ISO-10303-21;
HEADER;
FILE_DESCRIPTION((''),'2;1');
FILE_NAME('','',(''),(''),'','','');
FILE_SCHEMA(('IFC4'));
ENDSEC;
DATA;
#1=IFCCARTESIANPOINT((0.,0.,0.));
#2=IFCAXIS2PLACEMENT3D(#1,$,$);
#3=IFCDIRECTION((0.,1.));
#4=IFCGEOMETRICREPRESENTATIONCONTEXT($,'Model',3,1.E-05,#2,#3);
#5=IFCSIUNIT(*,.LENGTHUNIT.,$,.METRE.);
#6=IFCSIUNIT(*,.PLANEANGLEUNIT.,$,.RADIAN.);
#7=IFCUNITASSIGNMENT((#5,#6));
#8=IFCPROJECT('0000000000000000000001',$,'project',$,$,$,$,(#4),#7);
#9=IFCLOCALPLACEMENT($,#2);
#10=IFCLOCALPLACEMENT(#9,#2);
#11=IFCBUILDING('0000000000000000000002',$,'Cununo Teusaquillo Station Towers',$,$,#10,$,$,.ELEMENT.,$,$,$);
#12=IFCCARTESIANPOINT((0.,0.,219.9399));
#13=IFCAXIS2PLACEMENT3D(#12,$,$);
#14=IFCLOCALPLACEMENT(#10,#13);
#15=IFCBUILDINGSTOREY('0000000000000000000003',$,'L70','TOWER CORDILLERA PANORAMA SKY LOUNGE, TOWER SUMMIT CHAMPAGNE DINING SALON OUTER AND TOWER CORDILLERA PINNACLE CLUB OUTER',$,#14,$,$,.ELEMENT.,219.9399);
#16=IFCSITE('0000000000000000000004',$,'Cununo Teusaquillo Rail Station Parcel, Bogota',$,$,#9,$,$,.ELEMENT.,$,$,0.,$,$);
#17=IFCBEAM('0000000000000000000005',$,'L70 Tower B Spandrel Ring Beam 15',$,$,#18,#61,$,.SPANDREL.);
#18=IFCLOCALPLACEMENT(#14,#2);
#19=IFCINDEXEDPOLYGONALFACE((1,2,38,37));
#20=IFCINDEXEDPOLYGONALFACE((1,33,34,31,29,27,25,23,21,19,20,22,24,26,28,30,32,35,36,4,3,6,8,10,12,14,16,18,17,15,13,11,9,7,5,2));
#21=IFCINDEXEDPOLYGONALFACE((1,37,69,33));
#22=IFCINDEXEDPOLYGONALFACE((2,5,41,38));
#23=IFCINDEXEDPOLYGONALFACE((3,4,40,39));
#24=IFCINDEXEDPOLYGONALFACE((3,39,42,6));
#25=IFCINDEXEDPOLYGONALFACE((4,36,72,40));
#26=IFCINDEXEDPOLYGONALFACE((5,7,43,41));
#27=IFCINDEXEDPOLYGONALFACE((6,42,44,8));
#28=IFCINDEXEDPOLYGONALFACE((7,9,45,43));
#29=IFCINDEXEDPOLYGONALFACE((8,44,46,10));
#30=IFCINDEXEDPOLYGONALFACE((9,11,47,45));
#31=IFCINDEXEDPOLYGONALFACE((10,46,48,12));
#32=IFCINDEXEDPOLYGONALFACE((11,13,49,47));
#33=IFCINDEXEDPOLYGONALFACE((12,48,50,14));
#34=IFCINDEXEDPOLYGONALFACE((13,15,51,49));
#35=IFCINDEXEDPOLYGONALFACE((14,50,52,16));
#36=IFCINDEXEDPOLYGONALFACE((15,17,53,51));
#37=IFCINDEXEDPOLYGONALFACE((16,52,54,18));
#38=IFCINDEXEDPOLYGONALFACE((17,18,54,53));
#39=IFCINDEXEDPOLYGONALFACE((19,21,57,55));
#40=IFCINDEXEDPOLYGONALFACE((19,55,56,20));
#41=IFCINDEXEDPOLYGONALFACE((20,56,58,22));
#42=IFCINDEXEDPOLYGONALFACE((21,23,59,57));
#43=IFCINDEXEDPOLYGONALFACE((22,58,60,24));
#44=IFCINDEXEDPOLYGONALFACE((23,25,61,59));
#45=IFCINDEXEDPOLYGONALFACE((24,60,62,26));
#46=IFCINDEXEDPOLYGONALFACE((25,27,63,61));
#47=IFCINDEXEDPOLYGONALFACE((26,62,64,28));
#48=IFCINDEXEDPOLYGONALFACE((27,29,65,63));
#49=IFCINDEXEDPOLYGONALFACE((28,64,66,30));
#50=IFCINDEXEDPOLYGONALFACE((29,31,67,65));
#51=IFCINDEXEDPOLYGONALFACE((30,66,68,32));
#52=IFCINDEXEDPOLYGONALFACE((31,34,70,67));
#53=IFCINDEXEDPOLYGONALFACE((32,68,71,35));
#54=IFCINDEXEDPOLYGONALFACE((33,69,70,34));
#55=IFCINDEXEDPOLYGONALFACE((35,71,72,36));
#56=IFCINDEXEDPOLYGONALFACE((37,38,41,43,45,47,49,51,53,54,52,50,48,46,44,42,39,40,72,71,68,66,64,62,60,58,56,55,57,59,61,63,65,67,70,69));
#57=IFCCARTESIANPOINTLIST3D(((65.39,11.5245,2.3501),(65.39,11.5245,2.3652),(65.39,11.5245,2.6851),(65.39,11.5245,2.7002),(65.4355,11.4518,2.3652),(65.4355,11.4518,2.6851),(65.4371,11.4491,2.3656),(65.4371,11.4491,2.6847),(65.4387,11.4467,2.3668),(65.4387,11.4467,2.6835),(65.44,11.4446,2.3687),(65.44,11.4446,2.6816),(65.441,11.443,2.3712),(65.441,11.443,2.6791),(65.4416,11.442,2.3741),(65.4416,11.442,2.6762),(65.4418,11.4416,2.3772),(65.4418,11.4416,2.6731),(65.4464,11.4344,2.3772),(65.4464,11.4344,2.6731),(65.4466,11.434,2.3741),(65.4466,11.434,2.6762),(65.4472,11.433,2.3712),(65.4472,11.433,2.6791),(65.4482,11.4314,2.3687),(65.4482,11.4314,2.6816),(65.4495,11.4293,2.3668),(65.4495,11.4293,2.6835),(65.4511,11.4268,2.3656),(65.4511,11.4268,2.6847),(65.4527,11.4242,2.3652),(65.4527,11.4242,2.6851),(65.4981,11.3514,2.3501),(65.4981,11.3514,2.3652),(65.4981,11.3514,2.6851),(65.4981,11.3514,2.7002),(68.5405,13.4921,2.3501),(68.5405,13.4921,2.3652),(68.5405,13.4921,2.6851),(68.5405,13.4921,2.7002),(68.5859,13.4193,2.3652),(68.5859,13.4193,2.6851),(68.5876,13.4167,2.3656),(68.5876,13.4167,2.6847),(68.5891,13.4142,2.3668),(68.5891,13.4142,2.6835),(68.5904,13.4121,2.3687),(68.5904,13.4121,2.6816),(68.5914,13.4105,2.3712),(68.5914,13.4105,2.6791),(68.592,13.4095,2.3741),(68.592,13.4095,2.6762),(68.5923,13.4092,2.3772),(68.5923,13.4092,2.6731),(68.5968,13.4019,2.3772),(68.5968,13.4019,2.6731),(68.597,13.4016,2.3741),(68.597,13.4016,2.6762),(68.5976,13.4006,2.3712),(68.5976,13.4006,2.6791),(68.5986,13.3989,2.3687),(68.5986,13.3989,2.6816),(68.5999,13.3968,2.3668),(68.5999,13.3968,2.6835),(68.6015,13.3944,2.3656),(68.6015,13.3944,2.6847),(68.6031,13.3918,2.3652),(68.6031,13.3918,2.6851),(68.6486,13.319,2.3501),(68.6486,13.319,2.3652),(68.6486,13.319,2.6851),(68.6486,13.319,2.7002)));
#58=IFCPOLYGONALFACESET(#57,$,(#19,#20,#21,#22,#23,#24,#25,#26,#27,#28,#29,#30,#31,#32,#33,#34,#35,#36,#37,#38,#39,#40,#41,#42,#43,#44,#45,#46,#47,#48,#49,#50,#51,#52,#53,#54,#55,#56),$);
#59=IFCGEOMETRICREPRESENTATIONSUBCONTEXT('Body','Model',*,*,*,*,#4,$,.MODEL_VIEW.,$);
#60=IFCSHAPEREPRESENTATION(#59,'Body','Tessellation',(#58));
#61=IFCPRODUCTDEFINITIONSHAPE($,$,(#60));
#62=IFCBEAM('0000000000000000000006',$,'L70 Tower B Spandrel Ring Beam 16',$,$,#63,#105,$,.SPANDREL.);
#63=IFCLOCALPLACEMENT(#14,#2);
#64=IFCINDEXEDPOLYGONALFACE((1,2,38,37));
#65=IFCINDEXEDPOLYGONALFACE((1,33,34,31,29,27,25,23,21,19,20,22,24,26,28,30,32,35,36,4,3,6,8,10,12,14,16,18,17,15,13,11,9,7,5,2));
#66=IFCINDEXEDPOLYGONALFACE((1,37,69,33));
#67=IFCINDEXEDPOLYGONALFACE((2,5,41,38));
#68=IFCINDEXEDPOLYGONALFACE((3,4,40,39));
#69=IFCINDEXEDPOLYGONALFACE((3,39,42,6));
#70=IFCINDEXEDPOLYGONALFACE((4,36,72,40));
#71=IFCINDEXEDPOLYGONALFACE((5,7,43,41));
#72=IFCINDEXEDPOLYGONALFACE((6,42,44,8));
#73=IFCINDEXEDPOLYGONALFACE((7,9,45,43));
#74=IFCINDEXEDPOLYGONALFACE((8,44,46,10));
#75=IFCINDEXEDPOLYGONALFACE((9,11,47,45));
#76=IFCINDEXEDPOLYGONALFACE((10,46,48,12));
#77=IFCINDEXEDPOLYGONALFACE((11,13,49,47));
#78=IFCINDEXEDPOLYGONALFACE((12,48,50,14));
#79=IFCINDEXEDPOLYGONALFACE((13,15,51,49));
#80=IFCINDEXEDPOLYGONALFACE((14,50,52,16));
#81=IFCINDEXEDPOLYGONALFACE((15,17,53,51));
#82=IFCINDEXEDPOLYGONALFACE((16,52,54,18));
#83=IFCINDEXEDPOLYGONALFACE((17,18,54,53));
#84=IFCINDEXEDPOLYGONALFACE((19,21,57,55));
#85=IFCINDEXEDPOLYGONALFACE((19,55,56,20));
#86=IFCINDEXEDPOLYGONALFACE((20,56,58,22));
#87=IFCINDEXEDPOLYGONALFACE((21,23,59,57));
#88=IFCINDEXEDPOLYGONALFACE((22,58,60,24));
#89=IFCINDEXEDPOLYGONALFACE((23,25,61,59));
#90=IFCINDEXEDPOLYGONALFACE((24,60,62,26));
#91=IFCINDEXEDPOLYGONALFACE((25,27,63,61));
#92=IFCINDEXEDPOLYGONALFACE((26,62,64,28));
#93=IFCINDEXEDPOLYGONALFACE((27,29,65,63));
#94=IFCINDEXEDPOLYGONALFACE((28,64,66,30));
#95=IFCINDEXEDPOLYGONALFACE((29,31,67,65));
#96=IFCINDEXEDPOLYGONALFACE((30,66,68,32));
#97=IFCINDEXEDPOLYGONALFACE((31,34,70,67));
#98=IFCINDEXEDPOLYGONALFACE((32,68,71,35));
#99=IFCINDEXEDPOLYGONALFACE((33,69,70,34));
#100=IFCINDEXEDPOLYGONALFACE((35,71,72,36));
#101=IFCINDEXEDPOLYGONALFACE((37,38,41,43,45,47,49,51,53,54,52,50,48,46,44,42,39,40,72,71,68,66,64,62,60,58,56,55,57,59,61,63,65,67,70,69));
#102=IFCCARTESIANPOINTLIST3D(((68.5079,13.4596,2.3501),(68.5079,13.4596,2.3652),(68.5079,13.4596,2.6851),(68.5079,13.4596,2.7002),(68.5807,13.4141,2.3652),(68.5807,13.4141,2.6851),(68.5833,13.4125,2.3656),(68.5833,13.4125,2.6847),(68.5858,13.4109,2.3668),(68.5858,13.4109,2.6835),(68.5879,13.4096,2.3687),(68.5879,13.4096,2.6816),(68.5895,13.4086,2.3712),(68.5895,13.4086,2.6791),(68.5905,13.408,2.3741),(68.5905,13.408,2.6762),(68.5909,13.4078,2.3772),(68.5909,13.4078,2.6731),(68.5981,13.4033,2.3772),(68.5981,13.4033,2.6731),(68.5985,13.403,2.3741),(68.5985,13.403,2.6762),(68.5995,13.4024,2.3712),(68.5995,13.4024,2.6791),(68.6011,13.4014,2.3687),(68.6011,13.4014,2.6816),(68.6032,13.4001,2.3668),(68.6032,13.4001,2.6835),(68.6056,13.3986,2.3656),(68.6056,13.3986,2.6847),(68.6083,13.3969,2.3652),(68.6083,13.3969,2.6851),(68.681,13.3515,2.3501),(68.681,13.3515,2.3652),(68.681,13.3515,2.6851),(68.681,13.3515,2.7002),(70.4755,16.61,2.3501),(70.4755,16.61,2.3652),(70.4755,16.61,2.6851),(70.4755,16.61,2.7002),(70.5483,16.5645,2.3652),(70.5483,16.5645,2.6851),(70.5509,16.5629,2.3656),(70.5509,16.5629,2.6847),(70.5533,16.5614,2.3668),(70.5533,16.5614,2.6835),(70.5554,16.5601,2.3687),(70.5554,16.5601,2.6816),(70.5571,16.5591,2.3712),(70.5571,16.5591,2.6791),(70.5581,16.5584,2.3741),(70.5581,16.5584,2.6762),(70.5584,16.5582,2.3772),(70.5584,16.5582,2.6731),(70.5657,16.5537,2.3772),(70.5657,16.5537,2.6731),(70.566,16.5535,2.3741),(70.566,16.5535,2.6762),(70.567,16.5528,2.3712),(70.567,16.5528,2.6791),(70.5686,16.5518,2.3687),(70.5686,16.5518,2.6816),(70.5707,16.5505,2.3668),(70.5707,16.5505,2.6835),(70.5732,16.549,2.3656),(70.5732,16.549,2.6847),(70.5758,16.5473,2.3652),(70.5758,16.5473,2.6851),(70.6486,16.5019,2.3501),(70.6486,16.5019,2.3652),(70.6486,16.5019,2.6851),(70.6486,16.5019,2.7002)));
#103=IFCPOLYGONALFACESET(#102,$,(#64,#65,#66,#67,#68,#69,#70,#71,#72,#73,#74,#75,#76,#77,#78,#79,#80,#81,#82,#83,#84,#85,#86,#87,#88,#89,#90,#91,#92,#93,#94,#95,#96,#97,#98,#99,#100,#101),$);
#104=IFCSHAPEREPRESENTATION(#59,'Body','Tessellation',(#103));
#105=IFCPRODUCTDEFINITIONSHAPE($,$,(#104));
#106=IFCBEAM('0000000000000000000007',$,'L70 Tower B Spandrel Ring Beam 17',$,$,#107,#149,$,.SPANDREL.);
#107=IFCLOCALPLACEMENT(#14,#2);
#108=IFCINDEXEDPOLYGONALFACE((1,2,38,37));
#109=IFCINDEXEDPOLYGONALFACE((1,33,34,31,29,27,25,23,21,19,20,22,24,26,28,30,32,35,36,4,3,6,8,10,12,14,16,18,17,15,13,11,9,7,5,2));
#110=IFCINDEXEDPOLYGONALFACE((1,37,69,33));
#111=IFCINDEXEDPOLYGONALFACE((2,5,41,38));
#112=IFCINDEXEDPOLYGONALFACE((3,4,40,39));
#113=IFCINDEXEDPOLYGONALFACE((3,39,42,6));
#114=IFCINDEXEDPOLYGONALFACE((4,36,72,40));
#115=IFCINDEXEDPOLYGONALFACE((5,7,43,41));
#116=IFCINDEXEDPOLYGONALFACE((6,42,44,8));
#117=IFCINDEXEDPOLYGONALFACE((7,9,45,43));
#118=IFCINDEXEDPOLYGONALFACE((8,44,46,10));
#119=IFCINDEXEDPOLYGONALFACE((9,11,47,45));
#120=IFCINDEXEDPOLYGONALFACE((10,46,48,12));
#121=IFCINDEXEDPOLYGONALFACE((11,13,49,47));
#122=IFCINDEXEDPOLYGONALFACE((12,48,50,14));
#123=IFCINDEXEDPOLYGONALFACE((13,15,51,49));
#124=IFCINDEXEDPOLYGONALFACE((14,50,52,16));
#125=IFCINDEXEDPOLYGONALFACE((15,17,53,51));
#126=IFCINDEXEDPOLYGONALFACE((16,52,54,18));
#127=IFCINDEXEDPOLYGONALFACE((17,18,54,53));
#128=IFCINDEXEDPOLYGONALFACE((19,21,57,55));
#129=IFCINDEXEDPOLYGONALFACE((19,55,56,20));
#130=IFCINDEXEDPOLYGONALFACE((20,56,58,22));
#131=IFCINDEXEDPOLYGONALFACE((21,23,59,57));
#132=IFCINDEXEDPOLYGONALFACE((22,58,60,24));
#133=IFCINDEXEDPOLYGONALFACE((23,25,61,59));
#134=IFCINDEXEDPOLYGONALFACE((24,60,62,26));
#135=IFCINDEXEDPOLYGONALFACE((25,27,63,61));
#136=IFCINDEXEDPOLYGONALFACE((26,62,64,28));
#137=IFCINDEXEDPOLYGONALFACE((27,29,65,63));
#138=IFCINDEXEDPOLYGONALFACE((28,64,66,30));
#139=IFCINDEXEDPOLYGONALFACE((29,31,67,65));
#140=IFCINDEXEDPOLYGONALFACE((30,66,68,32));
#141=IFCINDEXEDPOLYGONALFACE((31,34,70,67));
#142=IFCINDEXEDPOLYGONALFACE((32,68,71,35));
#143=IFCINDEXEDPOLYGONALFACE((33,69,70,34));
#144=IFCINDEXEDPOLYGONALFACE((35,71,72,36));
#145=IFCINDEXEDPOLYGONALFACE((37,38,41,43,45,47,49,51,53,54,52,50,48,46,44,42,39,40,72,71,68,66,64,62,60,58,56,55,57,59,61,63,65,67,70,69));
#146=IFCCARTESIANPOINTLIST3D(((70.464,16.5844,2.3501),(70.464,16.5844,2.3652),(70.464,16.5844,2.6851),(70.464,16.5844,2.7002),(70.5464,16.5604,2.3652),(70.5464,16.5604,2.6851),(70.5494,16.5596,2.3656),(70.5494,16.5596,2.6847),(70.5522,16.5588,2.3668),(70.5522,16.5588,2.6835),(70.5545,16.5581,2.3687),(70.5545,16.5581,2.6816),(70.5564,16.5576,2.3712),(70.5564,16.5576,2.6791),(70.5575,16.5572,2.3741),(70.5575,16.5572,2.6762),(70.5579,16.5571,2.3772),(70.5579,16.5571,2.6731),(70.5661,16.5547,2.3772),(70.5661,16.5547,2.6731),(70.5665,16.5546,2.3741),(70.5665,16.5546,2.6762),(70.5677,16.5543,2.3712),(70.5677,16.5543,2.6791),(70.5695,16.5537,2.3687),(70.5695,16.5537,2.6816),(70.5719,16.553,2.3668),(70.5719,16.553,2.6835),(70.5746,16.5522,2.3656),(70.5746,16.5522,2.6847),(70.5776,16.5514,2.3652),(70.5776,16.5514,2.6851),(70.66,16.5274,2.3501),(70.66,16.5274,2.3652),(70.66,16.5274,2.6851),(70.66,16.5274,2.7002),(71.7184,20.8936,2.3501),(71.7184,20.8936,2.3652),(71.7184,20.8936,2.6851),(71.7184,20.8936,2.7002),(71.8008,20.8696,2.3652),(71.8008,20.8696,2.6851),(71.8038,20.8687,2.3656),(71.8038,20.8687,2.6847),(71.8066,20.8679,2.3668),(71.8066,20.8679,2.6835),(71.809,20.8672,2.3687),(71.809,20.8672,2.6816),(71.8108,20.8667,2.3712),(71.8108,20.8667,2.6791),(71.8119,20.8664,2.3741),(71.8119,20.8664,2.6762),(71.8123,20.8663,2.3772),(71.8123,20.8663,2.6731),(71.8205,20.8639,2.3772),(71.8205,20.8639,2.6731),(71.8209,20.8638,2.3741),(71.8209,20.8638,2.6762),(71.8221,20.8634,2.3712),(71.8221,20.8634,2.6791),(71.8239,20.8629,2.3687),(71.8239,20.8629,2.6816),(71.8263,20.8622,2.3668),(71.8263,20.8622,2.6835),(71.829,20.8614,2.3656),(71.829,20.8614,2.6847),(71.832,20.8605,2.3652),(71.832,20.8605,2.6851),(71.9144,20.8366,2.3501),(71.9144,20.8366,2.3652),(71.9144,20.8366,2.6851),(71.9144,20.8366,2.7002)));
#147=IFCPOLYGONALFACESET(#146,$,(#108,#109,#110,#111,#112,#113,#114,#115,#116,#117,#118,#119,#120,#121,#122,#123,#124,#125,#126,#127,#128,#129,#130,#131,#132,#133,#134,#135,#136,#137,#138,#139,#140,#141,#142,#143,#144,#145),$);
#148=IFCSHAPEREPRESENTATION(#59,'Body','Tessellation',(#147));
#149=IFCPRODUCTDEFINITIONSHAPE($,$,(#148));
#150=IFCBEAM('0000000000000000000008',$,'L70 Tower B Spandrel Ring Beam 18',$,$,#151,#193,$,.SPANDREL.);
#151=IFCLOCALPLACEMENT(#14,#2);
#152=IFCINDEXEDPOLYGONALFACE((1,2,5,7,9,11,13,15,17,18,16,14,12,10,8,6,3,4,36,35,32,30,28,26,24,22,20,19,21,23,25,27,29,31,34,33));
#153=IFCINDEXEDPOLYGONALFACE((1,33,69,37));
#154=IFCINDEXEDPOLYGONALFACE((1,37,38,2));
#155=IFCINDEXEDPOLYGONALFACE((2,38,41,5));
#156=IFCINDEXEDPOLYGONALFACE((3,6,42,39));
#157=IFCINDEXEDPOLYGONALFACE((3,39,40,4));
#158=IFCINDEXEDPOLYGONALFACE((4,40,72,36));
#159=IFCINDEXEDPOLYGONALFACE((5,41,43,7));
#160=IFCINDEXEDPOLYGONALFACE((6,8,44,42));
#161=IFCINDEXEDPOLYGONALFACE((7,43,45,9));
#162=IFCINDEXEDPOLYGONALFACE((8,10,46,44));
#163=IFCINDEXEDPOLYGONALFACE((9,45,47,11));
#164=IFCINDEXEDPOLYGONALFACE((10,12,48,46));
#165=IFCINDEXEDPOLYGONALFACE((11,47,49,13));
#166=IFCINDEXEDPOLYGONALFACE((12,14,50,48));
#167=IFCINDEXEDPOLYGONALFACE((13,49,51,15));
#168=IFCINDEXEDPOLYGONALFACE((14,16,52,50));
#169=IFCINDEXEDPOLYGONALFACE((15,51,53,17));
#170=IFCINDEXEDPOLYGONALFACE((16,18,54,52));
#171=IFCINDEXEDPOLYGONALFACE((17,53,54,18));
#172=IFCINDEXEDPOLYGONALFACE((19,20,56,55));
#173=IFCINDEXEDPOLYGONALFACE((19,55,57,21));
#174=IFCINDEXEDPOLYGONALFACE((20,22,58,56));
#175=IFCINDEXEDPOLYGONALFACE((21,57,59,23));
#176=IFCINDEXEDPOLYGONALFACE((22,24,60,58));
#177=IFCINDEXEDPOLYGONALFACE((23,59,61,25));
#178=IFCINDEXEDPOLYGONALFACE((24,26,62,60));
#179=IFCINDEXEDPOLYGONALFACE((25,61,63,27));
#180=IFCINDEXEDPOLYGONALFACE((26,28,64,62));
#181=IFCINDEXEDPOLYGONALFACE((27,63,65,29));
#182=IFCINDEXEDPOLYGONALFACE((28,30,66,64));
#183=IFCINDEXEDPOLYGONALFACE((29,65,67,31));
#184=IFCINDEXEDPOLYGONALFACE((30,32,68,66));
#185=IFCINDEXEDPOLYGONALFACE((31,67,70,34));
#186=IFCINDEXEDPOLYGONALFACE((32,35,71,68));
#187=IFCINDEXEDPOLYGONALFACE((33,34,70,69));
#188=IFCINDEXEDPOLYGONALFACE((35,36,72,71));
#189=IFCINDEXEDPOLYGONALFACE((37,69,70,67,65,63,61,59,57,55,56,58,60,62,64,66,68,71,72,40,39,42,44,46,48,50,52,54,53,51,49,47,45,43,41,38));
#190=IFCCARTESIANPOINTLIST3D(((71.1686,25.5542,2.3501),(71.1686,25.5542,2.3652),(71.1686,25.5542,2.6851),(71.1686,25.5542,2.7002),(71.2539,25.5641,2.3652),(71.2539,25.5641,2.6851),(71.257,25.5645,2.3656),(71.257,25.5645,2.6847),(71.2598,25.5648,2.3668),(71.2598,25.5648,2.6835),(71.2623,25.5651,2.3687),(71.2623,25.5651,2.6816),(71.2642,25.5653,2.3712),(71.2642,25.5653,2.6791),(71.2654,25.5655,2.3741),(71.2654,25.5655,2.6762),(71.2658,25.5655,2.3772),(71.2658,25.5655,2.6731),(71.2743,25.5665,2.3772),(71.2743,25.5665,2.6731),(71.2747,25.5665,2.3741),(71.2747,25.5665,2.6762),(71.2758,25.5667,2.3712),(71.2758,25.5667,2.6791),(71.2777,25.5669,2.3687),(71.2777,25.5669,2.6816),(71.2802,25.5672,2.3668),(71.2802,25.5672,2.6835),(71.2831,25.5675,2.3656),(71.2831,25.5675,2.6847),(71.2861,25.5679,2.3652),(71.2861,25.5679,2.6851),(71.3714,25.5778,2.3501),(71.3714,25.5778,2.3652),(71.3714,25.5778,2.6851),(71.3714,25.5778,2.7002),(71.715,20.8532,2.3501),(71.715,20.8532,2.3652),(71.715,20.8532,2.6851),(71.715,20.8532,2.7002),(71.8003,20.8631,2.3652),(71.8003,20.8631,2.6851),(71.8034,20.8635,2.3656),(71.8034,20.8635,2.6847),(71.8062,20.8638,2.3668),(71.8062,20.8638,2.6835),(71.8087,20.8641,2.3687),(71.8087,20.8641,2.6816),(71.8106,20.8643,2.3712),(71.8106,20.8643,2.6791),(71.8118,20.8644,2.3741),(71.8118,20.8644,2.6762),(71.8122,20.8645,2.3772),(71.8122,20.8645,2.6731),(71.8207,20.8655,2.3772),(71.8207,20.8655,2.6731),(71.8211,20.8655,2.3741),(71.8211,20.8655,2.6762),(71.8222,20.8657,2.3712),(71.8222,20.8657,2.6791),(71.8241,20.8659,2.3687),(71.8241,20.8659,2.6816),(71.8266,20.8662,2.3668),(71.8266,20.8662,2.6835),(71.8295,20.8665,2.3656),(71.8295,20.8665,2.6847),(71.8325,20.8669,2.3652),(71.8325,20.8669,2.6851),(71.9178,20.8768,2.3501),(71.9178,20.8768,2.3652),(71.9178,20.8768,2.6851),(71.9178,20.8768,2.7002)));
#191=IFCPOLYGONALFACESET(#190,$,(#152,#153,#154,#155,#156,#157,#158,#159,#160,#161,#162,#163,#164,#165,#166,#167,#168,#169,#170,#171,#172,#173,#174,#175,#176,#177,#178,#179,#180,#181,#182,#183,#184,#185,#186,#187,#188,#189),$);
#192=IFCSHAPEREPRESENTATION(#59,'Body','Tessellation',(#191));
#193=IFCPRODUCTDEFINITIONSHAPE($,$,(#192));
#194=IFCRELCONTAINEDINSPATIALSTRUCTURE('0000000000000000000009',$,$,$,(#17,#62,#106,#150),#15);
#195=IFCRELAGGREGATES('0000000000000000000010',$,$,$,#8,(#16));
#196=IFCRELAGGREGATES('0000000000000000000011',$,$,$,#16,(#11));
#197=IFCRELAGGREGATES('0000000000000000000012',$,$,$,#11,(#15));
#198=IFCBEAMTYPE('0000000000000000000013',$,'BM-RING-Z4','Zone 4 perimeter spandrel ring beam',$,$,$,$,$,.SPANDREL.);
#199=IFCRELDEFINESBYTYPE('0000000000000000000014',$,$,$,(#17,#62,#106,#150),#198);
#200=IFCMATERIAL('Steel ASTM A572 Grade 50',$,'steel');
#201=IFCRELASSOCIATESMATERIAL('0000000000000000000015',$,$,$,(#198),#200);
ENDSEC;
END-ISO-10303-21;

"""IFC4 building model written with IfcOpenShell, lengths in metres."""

from ifc_helpers import new_model, si_unit, direction, frame, origin, origin_2d, place, context, subcontext, project, spatial, i_section, extrude, material, material_profile, profile_set, type_object, element, save


model = new_model("IFC4")

# Units and contexts
model_context = context("Model", 3, precision=1e-05, world=origin(), true_north=direction((0.0, 1.0)))
body_context = subcontext(model_context, "Body", "Model", "MODEL_VIEW")
ifc_project = project(units=[si_unit("LENGTHUNIT", "METRE"), si_unit("PLANEANGLEUNIT", "RADIAN")], contexts=[model_context])

# Site, building, storey
site_placement = place(None, origin())
site = spatial("IfcSite", under=ifc_project, at=site_placement, Name="Cununo Teusaquillo Rail Station Parcel, Bogota", CompositionType="ELEMENT", RefElevation=0.0)
building_placement = place(site_placement, origin())
building = spatial("IfcBuilding", under=site, at=building_placement, Name="Cununo Teusaquillo Station Towers", CompositionType="ELEMENT")
storey_placement = place(building_placement, frame((0.0, 0.0, 219.9399)))
storey = spatial("IfcBuildingStorey", under=building, at=storey_placement, Name="L70", Description="TOWER CORDILLERA PANORAMA SKY LOUNGE, TOWER SUMMIT CHAMPAGNE DINING SALON OUTER AND TOWER CORDILLERA PINNACLE CLUB OUTER", CompositionType="ELEMENT", Elevation=219.9399)

# Beams
ifc_material_1 = material(Name="Steel ASTM A572 Grade 50", Category="steel")
ifc_material_profile_1 = material_profile(ifc_material_1, i_section(OverallWidth=0.2041, OverallDepth=0.3501, WebThickness=0.0085, FlangeThickness=0.0151, FilletRadius=0.012, at=origin_2d()), Name="W14X48")
ifc_profile_set_1 = profile_set([ifc_material_profile_1], Name="Steel ASTM A572 Grade 50")
beam_type_1 = type_object("IfcBeamType", Name="BM-RING-Z4", Description="Zone 4 perimeter spandrel ring beam", PredefinedType="SPANDREL", material=ifc_profile_set_1)
for number, where, z_axis, x_axis, name in (
    (1, (65.4441, 11.438, 2.5251), (0.848176, 0.529715, 0.0), (-0.529715, 0.848176, 0.0), "L70 Tower B Spandrel Ring Beam 15"),
    (2, (68.5945, 13.4055, 2.5251), (0.529715, 0.848176, 0.0), (-0.848176, 0.529715, 0.0), "L70 Tower B Spandrel Ring Beam 16"),
):
    element("IfcBeam", number, at=place(storey_placement, frame(where, z_axis=z_axis, x_axis=x_axis)), inside=storey, type_object=beam_type_1, Name=name, PredefinedType="SPANDREL", context=body_context, shape_type="SweptSolid", body=[
        extrude(i_section(OverallWidth=0.2041, OverallDepth=0.3501, WebThickness=0.0085, FlangeThickness=0.0151, FilletRadius=0.012, at=origin_2d()), origin(), (0.0, 0.0, 1.0), 3.7144),
    ])
beam_1_placement = place(storey_placement, frame((70.562, 16.5559, 2.5251), z_axis=(0.279503, 0.960145, 0.0), x_axis=(-0.960145, 0.279503, 0.0)))
element("IfcBeam", 3, at=beam_1_placement, inside=storey, type_object=beam_type_1, Name="L70 Tower B Spandrel Ring Beam 17", PredefinedType="SPANDREL", context=body_context, shape_type="SweptSolid", body=[
    extrude(i_section(OverallWidth=0.2041, OverallDepth=0.3501, WebThickness=0.0085, FlangeThickness=0.0151, FilletRadius=0.012, at=origin_2d()), origin(), (0.0, 0.0, 1.0), 4.488),
])
beam_2_placement = place(storey_placement, frame((71.8164, 20.865, 2.5251), z_axis=(-0.115452, 0.993313, 0.0), x_axis=(-0.993313, -0.115452, 0.0)))
element("IfcBeam", 4, at=beam_2_placement, inside=storey, type_object=beam_type_1, Name="L70 Tower B Spandrel Ring Beam 18", PredefinedType="SPANDREL", context=body_context, shape_type="SweptSolid", body=[
    extrude(i_section(OverallWidth=0.2041, OverallDepth=0.3501, WebThickness=0.0085, FlangeThickness=0.0151, FilletRadius=0.012, at=origin_2d()), origin(), (0.0, 0.0, 1.0), 4.7327),
])

save(model, "model.ifc")
